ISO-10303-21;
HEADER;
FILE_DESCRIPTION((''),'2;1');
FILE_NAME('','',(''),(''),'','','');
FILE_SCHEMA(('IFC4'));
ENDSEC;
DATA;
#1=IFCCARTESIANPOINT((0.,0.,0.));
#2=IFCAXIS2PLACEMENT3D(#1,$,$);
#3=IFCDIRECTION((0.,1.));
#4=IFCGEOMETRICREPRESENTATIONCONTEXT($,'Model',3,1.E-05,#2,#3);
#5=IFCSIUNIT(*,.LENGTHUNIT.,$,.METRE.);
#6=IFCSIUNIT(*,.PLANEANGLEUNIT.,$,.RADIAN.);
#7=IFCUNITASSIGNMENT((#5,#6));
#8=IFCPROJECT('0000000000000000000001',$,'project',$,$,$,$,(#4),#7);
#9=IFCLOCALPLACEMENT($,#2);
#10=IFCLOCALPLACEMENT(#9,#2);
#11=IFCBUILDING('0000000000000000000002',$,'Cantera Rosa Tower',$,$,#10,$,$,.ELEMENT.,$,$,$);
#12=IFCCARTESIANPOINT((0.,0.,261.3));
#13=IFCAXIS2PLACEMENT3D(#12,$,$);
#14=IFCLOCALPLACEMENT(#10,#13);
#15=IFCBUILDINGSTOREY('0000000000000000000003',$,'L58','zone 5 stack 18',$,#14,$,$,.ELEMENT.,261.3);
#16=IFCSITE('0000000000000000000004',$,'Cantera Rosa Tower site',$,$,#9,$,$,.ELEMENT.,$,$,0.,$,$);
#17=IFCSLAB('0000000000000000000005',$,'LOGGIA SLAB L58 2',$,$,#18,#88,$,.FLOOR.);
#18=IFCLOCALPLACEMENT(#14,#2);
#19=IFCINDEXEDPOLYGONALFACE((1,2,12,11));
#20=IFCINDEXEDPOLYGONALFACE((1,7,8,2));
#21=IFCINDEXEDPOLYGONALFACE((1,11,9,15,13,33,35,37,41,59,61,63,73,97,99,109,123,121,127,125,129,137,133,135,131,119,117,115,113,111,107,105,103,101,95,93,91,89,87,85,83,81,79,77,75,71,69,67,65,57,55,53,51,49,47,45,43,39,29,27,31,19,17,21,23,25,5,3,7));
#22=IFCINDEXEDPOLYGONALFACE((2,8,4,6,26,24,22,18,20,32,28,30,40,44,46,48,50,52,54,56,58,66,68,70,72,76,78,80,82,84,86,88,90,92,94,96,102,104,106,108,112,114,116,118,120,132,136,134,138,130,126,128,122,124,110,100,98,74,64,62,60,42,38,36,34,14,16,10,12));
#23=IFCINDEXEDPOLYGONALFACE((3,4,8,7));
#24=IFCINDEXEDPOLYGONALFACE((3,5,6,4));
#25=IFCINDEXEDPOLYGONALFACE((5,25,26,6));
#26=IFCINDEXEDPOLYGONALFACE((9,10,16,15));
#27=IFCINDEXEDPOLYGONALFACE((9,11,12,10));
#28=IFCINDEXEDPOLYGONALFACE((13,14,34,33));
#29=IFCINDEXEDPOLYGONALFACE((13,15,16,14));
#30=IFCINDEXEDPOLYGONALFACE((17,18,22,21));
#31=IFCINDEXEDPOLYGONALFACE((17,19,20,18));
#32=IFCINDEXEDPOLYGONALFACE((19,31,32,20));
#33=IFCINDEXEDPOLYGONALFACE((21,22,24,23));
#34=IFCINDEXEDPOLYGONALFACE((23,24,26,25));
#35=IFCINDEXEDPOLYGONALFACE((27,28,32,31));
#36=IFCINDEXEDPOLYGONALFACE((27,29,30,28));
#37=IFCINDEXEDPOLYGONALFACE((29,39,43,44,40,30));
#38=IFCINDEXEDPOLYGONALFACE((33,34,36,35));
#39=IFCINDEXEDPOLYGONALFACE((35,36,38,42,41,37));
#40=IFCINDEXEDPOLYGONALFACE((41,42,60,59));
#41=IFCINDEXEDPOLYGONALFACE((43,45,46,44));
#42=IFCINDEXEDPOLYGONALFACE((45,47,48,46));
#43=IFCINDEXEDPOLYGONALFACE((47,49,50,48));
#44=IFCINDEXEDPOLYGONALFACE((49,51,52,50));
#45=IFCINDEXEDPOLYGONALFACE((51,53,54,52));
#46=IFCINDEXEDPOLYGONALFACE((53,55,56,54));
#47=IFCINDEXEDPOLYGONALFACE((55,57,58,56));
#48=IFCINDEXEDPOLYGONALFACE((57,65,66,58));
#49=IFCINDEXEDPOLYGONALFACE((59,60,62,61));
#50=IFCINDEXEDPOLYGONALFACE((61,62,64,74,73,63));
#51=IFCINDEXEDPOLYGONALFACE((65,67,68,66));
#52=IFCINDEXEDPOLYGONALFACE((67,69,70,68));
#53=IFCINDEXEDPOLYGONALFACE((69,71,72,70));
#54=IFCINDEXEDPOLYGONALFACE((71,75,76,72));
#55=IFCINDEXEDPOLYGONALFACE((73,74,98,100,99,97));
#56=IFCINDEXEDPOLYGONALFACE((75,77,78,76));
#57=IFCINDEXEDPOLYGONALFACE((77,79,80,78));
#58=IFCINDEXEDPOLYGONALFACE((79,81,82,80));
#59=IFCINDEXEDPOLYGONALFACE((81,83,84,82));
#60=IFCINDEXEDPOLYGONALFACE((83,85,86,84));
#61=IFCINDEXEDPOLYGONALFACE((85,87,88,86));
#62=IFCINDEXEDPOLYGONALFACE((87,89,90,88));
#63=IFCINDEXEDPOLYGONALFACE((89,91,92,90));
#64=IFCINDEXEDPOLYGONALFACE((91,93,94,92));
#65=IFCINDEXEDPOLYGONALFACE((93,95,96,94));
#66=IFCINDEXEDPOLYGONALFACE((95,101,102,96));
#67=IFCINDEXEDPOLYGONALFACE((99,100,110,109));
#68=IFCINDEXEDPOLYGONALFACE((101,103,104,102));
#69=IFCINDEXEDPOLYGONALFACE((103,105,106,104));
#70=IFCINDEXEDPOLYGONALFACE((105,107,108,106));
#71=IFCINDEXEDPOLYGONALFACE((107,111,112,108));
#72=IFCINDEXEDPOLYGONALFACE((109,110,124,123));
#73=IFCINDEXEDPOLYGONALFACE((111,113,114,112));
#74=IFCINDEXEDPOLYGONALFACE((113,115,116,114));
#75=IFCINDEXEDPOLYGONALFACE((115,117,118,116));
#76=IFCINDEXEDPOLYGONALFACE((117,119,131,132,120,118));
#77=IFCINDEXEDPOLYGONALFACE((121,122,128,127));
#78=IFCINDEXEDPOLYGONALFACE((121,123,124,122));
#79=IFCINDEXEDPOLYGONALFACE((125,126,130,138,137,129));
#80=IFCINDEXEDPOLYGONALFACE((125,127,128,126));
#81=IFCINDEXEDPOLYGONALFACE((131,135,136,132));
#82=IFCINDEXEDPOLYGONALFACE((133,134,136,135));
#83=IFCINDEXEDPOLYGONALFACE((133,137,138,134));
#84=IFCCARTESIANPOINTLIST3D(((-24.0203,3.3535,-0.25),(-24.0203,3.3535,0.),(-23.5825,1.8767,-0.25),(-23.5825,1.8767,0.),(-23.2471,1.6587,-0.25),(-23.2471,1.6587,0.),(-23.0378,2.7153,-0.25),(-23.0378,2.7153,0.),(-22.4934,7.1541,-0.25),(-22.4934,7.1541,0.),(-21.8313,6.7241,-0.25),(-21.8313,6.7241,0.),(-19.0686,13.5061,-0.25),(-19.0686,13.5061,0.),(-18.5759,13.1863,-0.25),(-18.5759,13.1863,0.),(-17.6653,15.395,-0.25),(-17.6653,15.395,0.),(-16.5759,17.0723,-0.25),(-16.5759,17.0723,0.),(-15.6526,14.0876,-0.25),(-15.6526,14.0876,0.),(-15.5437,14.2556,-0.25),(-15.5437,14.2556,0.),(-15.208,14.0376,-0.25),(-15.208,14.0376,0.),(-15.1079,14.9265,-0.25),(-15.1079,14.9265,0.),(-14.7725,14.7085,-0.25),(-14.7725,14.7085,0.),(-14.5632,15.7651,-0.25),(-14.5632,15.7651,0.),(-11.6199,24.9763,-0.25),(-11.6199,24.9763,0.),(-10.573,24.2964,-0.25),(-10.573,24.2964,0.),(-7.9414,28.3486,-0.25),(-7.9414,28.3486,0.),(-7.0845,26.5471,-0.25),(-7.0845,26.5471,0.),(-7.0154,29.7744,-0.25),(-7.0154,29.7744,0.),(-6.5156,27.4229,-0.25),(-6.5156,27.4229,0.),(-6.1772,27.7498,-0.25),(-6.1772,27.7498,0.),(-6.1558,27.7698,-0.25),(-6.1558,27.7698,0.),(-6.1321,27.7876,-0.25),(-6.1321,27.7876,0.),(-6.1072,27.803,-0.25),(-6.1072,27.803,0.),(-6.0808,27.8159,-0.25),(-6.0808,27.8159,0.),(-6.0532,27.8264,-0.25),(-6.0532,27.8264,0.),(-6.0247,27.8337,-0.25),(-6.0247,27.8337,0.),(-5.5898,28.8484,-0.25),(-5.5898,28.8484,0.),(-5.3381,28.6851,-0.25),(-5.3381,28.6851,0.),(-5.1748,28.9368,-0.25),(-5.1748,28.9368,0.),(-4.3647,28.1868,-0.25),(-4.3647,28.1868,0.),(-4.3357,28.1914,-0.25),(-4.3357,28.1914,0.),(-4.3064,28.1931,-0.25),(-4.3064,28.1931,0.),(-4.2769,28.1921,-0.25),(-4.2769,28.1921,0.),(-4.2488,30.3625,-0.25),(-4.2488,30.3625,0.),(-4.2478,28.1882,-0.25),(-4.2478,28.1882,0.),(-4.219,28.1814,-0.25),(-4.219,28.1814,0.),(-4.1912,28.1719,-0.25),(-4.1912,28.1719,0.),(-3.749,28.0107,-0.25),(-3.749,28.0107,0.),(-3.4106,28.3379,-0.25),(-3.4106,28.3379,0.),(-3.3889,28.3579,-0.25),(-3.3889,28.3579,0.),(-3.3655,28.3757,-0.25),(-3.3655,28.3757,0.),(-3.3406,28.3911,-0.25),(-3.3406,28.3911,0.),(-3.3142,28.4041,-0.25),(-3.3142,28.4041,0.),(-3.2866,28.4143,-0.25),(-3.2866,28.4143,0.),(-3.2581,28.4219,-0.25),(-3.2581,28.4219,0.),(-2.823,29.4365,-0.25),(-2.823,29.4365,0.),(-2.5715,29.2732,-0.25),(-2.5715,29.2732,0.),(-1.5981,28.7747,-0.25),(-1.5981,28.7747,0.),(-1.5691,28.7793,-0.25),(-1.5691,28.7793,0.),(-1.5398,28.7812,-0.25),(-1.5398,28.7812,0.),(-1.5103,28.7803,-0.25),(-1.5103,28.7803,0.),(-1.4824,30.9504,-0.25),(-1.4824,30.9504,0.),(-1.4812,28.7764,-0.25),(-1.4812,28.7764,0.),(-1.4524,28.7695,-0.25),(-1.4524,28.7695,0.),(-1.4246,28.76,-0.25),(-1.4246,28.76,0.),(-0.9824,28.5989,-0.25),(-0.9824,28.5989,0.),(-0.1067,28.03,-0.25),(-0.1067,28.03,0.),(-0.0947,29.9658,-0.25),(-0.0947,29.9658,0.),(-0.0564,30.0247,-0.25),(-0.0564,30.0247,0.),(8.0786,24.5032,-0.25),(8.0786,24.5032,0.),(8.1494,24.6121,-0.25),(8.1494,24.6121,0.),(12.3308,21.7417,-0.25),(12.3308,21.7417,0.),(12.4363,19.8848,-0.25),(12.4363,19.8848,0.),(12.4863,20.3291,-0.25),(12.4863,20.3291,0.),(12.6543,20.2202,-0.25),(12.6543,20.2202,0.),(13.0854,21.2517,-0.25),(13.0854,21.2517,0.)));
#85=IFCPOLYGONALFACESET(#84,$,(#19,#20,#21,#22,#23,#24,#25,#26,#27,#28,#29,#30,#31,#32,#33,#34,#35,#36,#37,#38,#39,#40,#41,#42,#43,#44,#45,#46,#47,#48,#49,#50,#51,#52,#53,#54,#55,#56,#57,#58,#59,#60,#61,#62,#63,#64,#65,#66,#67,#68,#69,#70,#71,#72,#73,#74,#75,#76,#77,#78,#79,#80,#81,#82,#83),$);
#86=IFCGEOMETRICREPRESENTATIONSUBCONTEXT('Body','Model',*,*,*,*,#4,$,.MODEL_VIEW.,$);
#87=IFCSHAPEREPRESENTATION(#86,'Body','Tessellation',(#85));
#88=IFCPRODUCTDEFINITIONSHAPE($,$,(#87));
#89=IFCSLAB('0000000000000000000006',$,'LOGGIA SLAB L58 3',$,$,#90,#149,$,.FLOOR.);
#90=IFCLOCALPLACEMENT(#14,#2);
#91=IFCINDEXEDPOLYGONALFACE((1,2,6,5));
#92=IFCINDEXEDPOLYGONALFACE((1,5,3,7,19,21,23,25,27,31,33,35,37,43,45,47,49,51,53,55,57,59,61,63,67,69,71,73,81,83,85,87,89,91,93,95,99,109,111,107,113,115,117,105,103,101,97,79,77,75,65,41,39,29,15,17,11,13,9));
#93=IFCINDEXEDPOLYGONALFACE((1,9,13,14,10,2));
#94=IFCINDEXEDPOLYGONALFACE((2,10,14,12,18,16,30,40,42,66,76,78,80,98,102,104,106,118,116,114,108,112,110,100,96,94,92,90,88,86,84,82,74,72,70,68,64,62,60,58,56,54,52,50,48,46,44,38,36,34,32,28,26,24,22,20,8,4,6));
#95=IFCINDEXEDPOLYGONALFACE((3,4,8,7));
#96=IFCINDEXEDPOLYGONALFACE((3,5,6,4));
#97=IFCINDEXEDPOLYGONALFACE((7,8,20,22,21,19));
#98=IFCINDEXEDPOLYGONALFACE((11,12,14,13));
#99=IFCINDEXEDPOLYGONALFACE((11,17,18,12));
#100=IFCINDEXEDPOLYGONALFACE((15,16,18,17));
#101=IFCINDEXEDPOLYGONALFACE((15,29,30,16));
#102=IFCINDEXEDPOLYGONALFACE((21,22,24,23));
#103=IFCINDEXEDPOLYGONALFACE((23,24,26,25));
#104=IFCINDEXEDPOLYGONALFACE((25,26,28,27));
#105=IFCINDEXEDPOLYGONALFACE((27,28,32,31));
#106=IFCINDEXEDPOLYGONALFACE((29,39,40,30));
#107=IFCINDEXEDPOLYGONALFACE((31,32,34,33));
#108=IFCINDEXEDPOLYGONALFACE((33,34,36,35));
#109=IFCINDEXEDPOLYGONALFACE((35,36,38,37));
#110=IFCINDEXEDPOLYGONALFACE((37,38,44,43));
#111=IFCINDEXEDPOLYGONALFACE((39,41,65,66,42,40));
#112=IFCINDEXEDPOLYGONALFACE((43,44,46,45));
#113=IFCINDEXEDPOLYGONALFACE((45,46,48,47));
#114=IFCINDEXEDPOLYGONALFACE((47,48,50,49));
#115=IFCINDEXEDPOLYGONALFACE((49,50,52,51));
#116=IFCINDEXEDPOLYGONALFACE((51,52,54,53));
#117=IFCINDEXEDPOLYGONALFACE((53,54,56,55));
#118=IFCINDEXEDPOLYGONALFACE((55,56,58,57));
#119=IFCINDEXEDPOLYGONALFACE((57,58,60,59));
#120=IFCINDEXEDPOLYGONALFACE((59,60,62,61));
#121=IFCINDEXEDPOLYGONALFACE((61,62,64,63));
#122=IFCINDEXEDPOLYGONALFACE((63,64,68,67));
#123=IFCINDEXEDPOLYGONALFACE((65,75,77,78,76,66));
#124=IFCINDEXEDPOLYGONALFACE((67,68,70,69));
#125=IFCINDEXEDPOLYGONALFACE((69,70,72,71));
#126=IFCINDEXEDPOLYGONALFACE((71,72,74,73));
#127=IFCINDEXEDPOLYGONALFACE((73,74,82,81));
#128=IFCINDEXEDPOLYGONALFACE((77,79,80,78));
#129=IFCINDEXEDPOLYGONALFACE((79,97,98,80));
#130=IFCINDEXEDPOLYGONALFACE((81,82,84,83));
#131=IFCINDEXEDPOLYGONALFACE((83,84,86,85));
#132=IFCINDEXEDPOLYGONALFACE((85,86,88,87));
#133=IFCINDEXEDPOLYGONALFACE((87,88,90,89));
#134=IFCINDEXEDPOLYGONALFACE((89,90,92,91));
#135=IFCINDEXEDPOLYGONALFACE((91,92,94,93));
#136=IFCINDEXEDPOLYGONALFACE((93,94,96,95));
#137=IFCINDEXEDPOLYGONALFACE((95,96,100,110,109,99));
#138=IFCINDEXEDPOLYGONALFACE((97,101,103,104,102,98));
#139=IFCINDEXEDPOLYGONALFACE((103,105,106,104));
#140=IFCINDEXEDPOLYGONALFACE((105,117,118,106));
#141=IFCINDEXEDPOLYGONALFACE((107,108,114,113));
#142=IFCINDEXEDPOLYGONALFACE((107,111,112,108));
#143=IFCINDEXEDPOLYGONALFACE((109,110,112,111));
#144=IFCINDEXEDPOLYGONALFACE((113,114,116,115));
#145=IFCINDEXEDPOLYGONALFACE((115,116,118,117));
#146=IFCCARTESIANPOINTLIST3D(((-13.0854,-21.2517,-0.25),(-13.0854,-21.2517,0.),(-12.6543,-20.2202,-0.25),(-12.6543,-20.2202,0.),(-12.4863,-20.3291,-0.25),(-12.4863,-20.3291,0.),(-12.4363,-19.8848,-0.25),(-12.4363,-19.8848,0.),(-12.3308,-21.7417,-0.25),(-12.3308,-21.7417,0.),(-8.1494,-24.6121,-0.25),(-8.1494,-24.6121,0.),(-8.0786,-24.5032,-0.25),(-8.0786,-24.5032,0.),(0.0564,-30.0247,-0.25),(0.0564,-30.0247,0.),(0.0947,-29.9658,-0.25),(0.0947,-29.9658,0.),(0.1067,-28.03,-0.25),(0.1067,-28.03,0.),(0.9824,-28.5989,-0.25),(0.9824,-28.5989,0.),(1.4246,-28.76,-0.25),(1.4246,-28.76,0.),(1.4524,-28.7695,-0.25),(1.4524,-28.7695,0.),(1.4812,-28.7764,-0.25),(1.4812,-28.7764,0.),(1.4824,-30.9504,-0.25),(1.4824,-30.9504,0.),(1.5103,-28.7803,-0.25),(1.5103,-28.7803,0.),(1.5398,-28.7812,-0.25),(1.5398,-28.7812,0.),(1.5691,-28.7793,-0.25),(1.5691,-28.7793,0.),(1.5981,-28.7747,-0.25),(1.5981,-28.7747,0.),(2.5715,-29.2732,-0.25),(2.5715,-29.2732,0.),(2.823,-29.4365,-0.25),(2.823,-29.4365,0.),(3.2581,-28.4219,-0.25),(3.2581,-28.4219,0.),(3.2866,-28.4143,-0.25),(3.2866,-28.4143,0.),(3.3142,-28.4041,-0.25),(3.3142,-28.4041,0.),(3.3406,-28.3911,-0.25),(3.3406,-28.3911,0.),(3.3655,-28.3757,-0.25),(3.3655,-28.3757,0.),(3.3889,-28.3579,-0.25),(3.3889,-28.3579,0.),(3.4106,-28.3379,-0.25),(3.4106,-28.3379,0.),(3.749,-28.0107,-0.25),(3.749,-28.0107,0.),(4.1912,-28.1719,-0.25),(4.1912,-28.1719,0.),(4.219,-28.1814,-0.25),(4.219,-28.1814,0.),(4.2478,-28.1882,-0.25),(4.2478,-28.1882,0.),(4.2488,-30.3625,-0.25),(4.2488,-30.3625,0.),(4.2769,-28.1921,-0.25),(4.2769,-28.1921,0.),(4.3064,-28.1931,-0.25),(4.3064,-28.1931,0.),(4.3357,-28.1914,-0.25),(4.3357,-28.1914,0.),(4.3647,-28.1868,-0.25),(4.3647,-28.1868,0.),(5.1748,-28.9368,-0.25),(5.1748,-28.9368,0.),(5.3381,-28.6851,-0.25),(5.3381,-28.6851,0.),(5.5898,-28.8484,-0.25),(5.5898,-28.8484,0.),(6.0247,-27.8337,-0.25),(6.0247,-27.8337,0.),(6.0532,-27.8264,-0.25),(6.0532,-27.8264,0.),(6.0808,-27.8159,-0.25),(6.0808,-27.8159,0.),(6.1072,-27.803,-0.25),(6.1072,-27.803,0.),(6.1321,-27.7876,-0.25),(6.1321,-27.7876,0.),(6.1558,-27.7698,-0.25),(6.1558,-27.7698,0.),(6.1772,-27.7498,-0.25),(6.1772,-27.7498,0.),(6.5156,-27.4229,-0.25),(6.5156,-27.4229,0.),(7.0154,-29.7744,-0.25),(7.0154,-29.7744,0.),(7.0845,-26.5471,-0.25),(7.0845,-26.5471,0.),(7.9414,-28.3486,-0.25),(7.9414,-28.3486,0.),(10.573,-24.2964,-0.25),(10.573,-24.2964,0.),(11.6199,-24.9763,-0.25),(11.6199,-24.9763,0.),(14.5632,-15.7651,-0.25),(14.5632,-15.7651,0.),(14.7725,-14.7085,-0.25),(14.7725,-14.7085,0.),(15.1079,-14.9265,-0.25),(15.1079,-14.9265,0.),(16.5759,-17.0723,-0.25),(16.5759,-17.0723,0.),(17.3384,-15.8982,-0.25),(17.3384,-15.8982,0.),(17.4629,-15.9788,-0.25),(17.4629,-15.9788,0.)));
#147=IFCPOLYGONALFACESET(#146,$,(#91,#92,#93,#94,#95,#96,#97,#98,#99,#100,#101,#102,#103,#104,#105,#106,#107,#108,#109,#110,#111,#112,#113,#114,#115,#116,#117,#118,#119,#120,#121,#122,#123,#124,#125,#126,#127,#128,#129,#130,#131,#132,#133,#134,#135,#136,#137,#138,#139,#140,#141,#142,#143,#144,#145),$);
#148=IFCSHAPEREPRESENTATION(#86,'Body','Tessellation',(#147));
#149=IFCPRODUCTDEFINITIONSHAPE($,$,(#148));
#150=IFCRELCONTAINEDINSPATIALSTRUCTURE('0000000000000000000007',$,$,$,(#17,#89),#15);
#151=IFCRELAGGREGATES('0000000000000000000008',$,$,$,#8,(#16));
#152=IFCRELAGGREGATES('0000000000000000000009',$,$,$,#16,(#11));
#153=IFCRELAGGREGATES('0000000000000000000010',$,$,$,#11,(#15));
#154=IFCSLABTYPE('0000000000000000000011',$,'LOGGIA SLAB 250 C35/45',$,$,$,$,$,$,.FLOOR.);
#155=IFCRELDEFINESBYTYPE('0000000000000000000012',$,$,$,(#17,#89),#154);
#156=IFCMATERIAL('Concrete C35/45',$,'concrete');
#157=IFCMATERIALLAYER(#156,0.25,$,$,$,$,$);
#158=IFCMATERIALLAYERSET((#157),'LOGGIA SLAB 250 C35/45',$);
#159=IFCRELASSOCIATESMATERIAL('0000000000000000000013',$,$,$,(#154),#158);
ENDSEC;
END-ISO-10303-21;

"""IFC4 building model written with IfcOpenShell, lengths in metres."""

from ifc_helpers import new_model, si_unit, direction, frame, origin, place, context, subcontext, project, spatial, polyline, outline, extrude, material, layer, layer_set, type_object, element, save


model = new_model("IFC4")

# Units and contexts
model_context = context("Model", 3, precision=1e-05, world=origin(), true_north=direction((0.0, 1.0)))
body_context = subcontext(model_context, "Body", "Model", "MODEL_VIEW")
ifc_project = project(units=[si_unit("LENGTHUNIT", "METRE"), si_unit("PLANEANGLEUNIT", "RADIAN")], contexts=[model_context])

# Site, building, storey
site_placement = place(None, origin())
site = spatial("IfcSite", under=ifc_project, at=site_placement, Name="Cantera Rosa Tower site", CompositionType="ELEMENT", RefElevation=0.0)
building_placement = place(site_placement, origin())
building = spatial("IfcBuilding", under=site, at=building_placement, Name="Cantera Rosa Tower", CompositionType="ELEMENT")
storey_placement = place(building_placement, frame((0.0, 0.0, 261.3)))
storey = spatial("IfcBuildingStorey", under=building, at=storey_placement, Name="L58", Description="zone 5 stack 18", CompositionType="ELEMENT", Elevation=261.3)

# Slabs
ifc_material_1 = material(Name="Concrete C35/45", Category="concrete")
ifc_layer_1 = layer(ifc_material_1, 0.25)
ifc_layer_set_1 = layer_set([ifc_layer_1], Name="LOGGIA SLAB 250 C35/45")
slab_type_1 = type_object("IfcSlabType", Name="LOGGIA SLAB 250 C35/45", PredefinedType="FLOOR", material=ifc_layer_set_1)
slab_1_placement = place(storey_placement, frame((0.0, 0.0, -0.25)))
element("IfcSlab", 1, at=slab_1_placement, inside=storey, type_object=slab_type_1, Name="LOGGIA SLAB L58 2", PredefinedType="FLOOR", context=body_context, shape_type="SweptSolid", body=[
    extrude(outline(polyline([(-11.6199, 24.9763), (-10.573, 24.2964), (-7.9414, 28.3486), (-7.0154, 29.7744), (-5.5898, 28.8484), (-5.3381, 28.6851), (-5.1748, 28.9368), (-4.2488, 30.3625), (-2.823, 29.4365), (-2.5715, 29.2732), (-1.4824, 30.9504), (-0.0564, 30.0247), (-0.0947, 29.9658), (8.1494, 24.6121), (8.0786, 24.5032), (12.3308, 21.7417), (13.0854, 21.2517), (12.4863, 20.3291), (12.6543, 20.2202), (12.4363, 19.8848), (-0.1067, 28.03), (-0.9824, 28.5989), (-1.4246, 28.76), (-1.4524, 28.7695), (-1.4812, 28.7764), (-1.5103, 28.7803), (-1.5398, 28.7812), (-1.5691, 28.7793), (-1.5981, 28.7747), (-3.2581, 28.4219), (-3.2866, 28.4143), (-3.3142, 28.4041), (-3.3406, 28.3911), (-3.3655, 28.3757), (-3.3889, 28.3579), (-3.4106, 28.3379), (-3.749, 28.0107), (-4.1912, 28.1719), (-4.219, 28.1814), (-4.2478, 28.1882), (-4.2769, 28.1921), (-4.3064, 28.1931), (-4.3357, 28.1914), (-4.3647, 28.1868), (-6.0247, 27.8337), (-6.0532, 27.8264), (-6.0808, 27.8159), (-6.1072, 27.803), (-6.1321, 27.7876), (-6.1558, 27.7698), (-6.1772, 27.7498), (-6.5156, 27.4229), (-7.0845, 26.5471), (-14.7725, 14.7085), (-15.1079, 14.9265), (-14.5632, 15.7651), (-16.5759, 17.0723), (-17.6653, 15.395), (-15.6526, 14.0876), (-15.5437, 14.2556), (-15.208, 14.0376), (-23.2471, 1.6587), (-23.5825, 1.8767), (-23.0378, 2.7153), (-24.0203, 3.3535), (-21.8313, 6.7241), (-22.4934, 7.1541), (-18.5759, 13.1863), (-19.0686, 13.5061), (-11.6199, 24.9763)])), origin(), (0.0, 0.0, 1.0), 0.25),
])
slab_2_placement = place(storey_placement, frame((0.0, 0.0, -0.25)))
element("IfcSlab", 2, at=slab_2_placement, inside=storey, type_object=slab_type_1, Name="LOGGIA SLAB L58 3", PredefinedType="FLOOR", context=body_context, shape_type="SweptSolid", body=[
    extrude(outline(polyline([(5.5898, -28.8484), (5.3381, -28.6851), (5.1748, -28.9368), (4.2488, -30.3625), (2.823, -29.4365), (2.5715, -29.2732), (1.4824, -30.9504), (0.0564, -30.0247), (0.0947, -29.9658), (-8.1494, -24.6121), (-8.0786, -24.5032), (-12.3308, -21.7417), (-13.0854, -21.2517), (-12.4863, -20.3291), (-12.6543, -20.2202), (-12.4363, -19.8848), (0.1067, -28.03), (0.9824, -28.5989), (1.4246, -28.76), (1.4524, -28.7695), (1.4812, -28.7764), (1.5103, -28.7803), (1.5398, -28.7812), (1.5691, -28.7793), (1.5981, -28.7747), (3.2581, -28.4219), (3.2866, -28.4143), (3.3142, -28.4041), (3.3406, -28.3911), (3.3655, -28.3757), (3.3889, -28.3579), (3.4106, -28.3379), (3.749, -28.0107), (4.1912, -28.1719), (4.219, -28.1814), (4.2478, -28.1882), (4.2769, -28.1921), (4.3064, -28.1931), (4.3357, -28.1914), (4.3647, -28.1868), (6.0247, -27.8337), (6.0532, -27.8264), (6.0808, -27.8159), (6.1072, -27.803), (6.1321, -27.7876), (6.1558, -27.7698), (6.1772, -27.7498), (6.5156, -27.4229), (7.0845, -26.5471), (14.7725, -14.7085), (15.1079, -14.9265), (14.5632, -15.7651), (16.5759, -17.0723), (17.3384, -15.8982), (17.4629, -15.9788), (11.6199, -24.9763), (10.573, -24.2964), (7.9414, -28.3486), (7.0154, -29.7744), (5.5898, -28.8484)])), origin(), (0.0, 0.0, 1.0), 0.25),
])

save(model, "model.ifc")
